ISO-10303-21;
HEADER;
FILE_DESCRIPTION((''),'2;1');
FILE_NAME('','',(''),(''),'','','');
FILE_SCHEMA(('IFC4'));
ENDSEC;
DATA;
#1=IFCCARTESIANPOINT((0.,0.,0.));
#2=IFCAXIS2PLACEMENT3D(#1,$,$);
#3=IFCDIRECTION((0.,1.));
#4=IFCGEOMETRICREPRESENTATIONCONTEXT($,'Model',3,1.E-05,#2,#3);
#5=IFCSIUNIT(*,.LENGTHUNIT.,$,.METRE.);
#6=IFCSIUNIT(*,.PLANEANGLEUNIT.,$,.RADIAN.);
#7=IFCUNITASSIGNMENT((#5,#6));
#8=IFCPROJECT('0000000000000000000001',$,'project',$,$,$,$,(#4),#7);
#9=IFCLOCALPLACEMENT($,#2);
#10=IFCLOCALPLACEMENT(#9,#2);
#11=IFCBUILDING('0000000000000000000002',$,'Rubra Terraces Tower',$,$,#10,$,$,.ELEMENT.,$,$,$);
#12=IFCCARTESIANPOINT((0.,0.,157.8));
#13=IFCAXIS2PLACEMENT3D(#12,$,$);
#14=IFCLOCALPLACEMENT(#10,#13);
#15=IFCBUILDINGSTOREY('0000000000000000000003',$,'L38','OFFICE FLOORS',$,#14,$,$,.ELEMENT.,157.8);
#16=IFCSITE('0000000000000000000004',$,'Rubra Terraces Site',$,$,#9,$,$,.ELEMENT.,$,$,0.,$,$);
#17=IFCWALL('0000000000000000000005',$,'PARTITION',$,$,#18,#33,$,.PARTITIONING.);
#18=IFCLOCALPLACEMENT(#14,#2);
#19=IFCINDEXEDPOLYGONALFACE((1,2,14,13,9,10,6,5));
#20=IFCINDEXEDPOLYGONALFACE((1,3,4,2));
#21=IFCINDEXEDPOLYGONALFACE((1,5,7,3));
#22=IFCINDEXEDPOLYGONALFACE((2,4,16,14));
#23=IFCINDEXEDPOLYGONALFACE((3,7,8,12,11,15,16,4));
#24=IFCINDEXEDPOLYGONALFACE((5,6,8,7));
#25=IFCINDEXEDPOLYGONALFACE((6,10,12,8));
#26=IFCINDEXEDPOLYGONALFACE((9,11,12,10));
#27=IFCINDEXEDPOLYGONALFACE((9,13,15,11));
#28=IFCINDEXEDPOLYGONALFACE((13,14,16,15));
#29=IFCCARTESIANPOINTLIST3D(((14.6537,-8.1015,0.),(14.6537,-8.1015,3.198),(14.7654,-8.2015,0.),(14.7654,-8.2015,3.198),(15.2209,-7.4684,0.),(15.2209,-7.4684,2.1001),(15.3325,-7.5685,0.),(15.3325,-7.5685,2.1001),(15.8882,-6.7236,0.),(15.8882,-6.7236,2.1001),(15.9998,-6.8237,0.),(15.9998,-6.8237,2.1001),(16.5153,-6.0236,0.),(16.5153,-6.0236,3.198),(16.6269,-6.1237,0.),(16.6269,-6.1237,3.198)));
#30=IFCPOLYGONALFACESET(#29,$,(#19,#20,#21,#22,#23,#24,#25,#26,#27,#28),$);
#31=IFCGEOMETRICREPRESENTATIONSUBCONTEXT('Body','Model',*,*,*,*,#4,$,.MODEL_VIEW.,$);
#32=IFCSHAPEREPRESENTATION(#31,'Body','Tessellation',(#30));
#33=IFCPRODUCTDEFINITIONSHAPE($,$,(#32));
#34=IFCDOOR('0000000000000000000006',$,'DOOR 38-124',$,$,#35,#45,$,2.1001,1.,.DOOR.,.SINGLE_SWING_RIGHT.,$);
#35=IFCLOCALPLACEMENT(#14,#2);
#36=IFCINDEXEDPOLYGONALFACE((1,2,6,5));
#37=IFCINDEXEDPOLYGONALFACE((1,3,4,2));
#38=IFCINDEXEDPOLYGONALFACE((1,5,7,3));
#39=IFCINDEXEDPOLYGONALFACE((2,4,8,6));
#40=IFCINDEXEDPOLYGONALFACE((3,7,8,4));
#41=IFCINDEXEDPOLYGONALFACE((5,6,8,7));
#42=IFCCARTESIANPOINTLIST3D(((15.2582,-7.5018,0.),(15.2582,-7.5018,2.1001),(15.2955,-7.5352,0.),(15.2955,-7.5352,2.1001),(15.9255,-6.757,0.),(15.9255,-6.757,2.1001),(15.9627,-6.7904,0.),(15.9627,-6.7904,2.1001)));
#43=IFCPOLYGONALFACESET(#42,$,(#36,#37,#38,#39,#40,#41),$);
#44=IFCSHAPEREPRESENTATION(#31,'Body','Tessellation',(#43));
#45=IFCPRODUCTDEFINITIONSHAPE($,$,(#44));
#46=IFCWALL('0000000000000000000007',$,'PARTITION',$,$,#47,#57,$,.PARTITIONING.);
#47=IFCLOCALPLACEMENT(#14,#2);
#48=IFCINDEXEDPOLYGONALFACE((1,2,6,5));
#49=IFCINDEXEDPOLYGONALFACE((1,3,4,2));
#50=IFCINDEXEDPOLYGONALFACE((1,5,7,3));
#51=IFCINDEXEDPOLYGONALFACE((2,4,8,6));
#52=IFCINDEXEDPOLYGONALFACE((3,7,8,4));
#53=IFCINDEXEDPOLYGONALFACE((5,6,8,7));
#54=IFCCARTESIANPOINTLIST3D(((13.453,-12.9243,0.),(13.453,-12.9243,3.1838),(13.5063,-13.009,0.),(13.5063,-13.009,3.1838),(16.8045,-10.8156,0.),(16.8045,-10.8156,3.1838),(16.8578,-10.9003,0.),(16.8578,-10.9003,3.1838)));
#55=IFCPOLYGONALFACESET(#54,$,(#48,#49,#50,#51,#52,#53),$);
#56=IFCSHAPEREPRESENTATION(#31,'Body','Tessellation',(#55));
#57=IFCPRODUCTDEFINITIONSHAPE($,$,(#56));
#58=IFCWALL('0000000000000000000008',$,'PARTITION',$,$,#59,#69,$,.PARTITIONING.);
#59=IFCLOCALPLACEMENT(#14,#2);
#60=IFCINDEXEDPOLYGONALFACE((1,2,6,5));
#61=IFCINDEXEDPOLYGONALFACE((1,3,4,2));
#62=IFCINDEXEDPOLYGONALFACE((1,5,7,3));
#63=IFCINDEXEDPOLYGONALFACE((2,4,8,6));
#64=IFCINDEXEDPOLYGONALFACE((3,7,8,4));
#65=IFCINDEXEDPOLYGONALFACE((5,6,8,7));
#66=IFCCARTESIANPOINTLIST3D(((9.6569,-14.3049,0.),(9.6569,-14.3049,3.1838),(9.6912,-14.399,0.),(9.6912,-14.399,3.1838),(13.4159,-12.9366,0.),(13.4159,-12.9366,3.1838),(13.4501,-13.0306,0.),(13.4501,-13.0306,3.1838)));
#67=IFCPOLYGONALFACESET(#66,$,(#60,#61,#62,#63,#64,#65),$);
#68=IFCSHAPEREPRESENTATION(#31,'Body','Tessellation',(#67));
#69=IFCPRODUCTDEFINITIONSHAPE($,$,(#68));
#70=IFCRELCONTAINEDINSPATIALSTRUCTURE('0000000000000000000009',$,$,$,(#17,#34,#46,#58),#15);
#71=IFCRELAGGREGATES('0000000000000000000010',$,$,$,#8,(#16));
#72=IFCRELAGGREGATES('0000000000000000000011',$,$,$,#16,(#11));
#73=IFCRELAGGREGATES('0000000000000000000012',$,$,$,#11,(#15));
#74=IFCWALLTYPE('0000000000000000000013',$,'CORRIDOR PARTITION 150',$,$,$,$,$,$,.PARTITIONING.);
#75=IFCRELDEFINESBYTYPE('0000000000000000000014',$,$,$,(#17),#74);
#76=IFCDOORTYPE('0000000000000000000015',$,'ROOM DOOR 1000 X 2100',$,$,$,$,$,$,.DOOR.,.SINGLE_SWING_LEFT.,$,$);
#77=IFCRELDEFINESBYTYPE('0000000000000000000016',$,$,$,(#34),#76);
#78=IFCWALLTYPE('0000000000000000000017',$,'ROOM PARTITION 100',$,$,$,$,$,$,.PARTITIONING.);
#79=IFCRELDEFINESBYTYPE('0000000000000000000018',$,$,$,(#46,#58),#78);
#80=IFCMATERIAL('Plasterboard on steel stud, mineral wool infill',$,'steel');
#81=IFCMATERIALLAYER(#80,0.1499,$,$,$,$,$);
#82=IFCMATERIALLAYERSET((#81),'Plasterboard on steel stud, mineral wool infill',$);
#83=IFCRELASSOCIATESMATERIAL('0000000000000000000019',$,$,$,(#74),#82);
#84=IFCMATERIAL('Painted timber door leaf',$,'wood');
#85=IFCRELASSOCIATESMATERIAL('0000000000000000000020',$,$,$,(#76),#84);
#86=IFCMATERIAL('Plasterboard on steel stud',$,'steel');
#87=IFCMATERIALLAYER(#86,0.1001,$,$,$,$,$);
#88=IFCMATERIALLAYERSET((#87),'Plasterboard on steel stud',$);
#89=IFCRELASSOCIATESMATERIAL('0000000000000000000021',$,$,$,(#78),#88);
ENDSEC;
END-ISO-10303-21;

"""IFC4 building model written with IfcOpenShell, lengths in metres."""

from ifc_helpers import new_model, si_unit, direction, frame, frame_2d, origin, place, context, subcontext, project, spatial, rectangle, extrude, material, layer, layer_set, type_object, element, fill, save


model = new_model("IFC4")

# Units and contexts
model_context = context("Model", 3, precision=1e-05, world=origin(), true_north=direction((0.0, 1.0)))
body_context = subcontext(model_context, "Body", "Model", "MODEL_VIEW")
ifc_project = project(units=[si_unit("LENGTHUNIT", "METRE"), si_unit("PLANEANGLEUNIT", "RADIAN")], contexts=[model_context])

# Site, building, storey
site_placement = place(None, origin())
site = spatial("IfcSite", under=ifc_project, at=site_placement, Name="Rubra Terraces Site", CompositionType="ELEMENT", RefElevation=0.0)
building_placement = place(site_placement, origin())
building = spatial("IfcBuilding", under=site, at=building_placement, Name="Rubra Terraces Tower", CompositionType="ELEMENT")
storey_placement = place(building_placement, frame((0.0, 0.0, 157.8)))
storey = spatial("IfcBuildingStorey", under=building, at=storey_placement, Name="L38", Description="OFFICE FLOORS", CompositionType="ELEMENT", Elevation=157.8)

# Wall, opening, door
ifc_material_1 = material(Name="Plasterboard on steel stud, mineral wool infill", Category="steel")
ifc_layer_1 = layer(ifc_material_1, 0.1499)
ifc_layer_set_1 = layer_set([ifc_layer_1], Name="Plasterboard on steel stud, mineral wool infill")
wall_type_1 = type_object("IfcWallType", Name="CORRIDOR PARTITION 150", PredefinedType="PARTITIONING", material=ifc_layer_set_1)
wall_1_placement = place(storey_placement, frame((14.7095, -8.1516, 0.0), z_axis=(0.0, 0.0, 1.0), x_axis=(0.667276, 0.744811, 0.0)))
wall_1 = element("IfcWall", 1, at=wall_1_placement, inside=storey, type_object=wall_type_1, Name="PARTITION", PredefinedType="PARTITIONING", context=body_context, shape_type="SweptSolid", body=[
    extrude(rectangle(XDim=2.7898, YDim=0.1499, at=frame_2d((1.395, 0.0))), origin(), (0.0, 0.0, 1.0), 3.198),
])
opening_1_placement = place(wall_1_placement, frame((0.8501, 0.0, 0.0)))
opening_1 = element("IfcOpeningElement", 2, at=opening_1_placement, cuts=wall_1, PredefinedType="OPENING", context=body_context, shape_type="SweptSolid", body=[
    extrude(rectangle(XDim=1.0, YDim=2.1001, at=frame_2d((0.5, 1.05))), frame((0.0, 0.085, 0.0), z_axis=(0.0, -1.0, 0.0), x_axis=(1.0, 0.0, 0.0)), (0.0, 0.0, 1.0), 0.1699),
])
ifc_material_2 = material(Name="Painted timber door leaf", Category="wood")
door_type_1 = type_object("IfcDoorType", Name="ROOM DOOR 1000 X 2100", OperationType="SINGLE_SWING_LEFT", PredefinedType="DOOR", material=ifc_material_2)
door_1_placement = place(opening_1_placement, origin())
door_1 = element("IfcDoor", 3, at=door_1_placement, inside=storey, type_object=door_type_1, Name="DOOR 38-124", OperationType="SINGLE_SWING_RIGHT", OverallHeight=2.1001, OverallWidth=1.0, PredefinedType="DOOR", context=body_context, shape_type="SweptSolid", body=[
    extrude(rectangle(XDim=1.0, YDim=2.1001, at=frame_2d((0.5, 1.05))), frame((0.0, 0.0249, 0.0), z_axis=(0.0, -1.0, 0.0), x_axis=(1.0, 0.0, 0.0)), (0.0, 0.0, 1.0), 0.05),
])
fill(opening_1, door_1)

# Walls
ifc_material_3 = material(Name="Plasterboard on steel stud", Category="steel")
ifc_layer_2 = layer(ifc_material_3, 0.1001)
ifc_layer_set_2 = layer_set([ifc_layer_2], Name="Plasterboard on steel stud")
wall_type_2 = type_object("IfcWallType", Name="ROOM PARTITION 100", PredefinedType="PARTITIONING", material=ifc_layer_set_2)
wall_2_placement = place(storey_placement, frame((16.8313, -10.8579, 0.0), z_axis=(0.0, 0.0, 1.0), x_axis=(-0.846415, -0.532524, 0.0)))
element("IfcWall", 4, at=wall_2_placement, inside=storey, type_object=wall_type_2, Name="PARTITION", PredefinedType="PARTITIONING", context=body_context, shape_type="SweptSolid", body=[
    extrude(rectangle(XDim=3.9597, YDim=0.1001, at=frame_2d((1.98, 0.0))), origin(), (0.0, 0.0, 1.0), 3.1838),
])
wall_3_placement = place(storey_placement, frame((13.4329, -12.9836, 0.0), z_axis=(0.0, 0.0, 1.0), x_axis=(-0.939674, -0.342071, 0.0)))
element("IfcWall", 5, at=wall_3_placement, inside=storey, type_object=wall_type_2, Name="PARTITION", PredefinedType="PARTITIONING", context=body_context, shape_type="SweptSolid", body=[
    extrude(rectangle(XDim=4.0002, YDim=0.1001, at=frame_2d((2.0, 0.0))), origin(), (0.0, 0.0, 1.0), 3.1838),
])

save(model, "model.ifc")
